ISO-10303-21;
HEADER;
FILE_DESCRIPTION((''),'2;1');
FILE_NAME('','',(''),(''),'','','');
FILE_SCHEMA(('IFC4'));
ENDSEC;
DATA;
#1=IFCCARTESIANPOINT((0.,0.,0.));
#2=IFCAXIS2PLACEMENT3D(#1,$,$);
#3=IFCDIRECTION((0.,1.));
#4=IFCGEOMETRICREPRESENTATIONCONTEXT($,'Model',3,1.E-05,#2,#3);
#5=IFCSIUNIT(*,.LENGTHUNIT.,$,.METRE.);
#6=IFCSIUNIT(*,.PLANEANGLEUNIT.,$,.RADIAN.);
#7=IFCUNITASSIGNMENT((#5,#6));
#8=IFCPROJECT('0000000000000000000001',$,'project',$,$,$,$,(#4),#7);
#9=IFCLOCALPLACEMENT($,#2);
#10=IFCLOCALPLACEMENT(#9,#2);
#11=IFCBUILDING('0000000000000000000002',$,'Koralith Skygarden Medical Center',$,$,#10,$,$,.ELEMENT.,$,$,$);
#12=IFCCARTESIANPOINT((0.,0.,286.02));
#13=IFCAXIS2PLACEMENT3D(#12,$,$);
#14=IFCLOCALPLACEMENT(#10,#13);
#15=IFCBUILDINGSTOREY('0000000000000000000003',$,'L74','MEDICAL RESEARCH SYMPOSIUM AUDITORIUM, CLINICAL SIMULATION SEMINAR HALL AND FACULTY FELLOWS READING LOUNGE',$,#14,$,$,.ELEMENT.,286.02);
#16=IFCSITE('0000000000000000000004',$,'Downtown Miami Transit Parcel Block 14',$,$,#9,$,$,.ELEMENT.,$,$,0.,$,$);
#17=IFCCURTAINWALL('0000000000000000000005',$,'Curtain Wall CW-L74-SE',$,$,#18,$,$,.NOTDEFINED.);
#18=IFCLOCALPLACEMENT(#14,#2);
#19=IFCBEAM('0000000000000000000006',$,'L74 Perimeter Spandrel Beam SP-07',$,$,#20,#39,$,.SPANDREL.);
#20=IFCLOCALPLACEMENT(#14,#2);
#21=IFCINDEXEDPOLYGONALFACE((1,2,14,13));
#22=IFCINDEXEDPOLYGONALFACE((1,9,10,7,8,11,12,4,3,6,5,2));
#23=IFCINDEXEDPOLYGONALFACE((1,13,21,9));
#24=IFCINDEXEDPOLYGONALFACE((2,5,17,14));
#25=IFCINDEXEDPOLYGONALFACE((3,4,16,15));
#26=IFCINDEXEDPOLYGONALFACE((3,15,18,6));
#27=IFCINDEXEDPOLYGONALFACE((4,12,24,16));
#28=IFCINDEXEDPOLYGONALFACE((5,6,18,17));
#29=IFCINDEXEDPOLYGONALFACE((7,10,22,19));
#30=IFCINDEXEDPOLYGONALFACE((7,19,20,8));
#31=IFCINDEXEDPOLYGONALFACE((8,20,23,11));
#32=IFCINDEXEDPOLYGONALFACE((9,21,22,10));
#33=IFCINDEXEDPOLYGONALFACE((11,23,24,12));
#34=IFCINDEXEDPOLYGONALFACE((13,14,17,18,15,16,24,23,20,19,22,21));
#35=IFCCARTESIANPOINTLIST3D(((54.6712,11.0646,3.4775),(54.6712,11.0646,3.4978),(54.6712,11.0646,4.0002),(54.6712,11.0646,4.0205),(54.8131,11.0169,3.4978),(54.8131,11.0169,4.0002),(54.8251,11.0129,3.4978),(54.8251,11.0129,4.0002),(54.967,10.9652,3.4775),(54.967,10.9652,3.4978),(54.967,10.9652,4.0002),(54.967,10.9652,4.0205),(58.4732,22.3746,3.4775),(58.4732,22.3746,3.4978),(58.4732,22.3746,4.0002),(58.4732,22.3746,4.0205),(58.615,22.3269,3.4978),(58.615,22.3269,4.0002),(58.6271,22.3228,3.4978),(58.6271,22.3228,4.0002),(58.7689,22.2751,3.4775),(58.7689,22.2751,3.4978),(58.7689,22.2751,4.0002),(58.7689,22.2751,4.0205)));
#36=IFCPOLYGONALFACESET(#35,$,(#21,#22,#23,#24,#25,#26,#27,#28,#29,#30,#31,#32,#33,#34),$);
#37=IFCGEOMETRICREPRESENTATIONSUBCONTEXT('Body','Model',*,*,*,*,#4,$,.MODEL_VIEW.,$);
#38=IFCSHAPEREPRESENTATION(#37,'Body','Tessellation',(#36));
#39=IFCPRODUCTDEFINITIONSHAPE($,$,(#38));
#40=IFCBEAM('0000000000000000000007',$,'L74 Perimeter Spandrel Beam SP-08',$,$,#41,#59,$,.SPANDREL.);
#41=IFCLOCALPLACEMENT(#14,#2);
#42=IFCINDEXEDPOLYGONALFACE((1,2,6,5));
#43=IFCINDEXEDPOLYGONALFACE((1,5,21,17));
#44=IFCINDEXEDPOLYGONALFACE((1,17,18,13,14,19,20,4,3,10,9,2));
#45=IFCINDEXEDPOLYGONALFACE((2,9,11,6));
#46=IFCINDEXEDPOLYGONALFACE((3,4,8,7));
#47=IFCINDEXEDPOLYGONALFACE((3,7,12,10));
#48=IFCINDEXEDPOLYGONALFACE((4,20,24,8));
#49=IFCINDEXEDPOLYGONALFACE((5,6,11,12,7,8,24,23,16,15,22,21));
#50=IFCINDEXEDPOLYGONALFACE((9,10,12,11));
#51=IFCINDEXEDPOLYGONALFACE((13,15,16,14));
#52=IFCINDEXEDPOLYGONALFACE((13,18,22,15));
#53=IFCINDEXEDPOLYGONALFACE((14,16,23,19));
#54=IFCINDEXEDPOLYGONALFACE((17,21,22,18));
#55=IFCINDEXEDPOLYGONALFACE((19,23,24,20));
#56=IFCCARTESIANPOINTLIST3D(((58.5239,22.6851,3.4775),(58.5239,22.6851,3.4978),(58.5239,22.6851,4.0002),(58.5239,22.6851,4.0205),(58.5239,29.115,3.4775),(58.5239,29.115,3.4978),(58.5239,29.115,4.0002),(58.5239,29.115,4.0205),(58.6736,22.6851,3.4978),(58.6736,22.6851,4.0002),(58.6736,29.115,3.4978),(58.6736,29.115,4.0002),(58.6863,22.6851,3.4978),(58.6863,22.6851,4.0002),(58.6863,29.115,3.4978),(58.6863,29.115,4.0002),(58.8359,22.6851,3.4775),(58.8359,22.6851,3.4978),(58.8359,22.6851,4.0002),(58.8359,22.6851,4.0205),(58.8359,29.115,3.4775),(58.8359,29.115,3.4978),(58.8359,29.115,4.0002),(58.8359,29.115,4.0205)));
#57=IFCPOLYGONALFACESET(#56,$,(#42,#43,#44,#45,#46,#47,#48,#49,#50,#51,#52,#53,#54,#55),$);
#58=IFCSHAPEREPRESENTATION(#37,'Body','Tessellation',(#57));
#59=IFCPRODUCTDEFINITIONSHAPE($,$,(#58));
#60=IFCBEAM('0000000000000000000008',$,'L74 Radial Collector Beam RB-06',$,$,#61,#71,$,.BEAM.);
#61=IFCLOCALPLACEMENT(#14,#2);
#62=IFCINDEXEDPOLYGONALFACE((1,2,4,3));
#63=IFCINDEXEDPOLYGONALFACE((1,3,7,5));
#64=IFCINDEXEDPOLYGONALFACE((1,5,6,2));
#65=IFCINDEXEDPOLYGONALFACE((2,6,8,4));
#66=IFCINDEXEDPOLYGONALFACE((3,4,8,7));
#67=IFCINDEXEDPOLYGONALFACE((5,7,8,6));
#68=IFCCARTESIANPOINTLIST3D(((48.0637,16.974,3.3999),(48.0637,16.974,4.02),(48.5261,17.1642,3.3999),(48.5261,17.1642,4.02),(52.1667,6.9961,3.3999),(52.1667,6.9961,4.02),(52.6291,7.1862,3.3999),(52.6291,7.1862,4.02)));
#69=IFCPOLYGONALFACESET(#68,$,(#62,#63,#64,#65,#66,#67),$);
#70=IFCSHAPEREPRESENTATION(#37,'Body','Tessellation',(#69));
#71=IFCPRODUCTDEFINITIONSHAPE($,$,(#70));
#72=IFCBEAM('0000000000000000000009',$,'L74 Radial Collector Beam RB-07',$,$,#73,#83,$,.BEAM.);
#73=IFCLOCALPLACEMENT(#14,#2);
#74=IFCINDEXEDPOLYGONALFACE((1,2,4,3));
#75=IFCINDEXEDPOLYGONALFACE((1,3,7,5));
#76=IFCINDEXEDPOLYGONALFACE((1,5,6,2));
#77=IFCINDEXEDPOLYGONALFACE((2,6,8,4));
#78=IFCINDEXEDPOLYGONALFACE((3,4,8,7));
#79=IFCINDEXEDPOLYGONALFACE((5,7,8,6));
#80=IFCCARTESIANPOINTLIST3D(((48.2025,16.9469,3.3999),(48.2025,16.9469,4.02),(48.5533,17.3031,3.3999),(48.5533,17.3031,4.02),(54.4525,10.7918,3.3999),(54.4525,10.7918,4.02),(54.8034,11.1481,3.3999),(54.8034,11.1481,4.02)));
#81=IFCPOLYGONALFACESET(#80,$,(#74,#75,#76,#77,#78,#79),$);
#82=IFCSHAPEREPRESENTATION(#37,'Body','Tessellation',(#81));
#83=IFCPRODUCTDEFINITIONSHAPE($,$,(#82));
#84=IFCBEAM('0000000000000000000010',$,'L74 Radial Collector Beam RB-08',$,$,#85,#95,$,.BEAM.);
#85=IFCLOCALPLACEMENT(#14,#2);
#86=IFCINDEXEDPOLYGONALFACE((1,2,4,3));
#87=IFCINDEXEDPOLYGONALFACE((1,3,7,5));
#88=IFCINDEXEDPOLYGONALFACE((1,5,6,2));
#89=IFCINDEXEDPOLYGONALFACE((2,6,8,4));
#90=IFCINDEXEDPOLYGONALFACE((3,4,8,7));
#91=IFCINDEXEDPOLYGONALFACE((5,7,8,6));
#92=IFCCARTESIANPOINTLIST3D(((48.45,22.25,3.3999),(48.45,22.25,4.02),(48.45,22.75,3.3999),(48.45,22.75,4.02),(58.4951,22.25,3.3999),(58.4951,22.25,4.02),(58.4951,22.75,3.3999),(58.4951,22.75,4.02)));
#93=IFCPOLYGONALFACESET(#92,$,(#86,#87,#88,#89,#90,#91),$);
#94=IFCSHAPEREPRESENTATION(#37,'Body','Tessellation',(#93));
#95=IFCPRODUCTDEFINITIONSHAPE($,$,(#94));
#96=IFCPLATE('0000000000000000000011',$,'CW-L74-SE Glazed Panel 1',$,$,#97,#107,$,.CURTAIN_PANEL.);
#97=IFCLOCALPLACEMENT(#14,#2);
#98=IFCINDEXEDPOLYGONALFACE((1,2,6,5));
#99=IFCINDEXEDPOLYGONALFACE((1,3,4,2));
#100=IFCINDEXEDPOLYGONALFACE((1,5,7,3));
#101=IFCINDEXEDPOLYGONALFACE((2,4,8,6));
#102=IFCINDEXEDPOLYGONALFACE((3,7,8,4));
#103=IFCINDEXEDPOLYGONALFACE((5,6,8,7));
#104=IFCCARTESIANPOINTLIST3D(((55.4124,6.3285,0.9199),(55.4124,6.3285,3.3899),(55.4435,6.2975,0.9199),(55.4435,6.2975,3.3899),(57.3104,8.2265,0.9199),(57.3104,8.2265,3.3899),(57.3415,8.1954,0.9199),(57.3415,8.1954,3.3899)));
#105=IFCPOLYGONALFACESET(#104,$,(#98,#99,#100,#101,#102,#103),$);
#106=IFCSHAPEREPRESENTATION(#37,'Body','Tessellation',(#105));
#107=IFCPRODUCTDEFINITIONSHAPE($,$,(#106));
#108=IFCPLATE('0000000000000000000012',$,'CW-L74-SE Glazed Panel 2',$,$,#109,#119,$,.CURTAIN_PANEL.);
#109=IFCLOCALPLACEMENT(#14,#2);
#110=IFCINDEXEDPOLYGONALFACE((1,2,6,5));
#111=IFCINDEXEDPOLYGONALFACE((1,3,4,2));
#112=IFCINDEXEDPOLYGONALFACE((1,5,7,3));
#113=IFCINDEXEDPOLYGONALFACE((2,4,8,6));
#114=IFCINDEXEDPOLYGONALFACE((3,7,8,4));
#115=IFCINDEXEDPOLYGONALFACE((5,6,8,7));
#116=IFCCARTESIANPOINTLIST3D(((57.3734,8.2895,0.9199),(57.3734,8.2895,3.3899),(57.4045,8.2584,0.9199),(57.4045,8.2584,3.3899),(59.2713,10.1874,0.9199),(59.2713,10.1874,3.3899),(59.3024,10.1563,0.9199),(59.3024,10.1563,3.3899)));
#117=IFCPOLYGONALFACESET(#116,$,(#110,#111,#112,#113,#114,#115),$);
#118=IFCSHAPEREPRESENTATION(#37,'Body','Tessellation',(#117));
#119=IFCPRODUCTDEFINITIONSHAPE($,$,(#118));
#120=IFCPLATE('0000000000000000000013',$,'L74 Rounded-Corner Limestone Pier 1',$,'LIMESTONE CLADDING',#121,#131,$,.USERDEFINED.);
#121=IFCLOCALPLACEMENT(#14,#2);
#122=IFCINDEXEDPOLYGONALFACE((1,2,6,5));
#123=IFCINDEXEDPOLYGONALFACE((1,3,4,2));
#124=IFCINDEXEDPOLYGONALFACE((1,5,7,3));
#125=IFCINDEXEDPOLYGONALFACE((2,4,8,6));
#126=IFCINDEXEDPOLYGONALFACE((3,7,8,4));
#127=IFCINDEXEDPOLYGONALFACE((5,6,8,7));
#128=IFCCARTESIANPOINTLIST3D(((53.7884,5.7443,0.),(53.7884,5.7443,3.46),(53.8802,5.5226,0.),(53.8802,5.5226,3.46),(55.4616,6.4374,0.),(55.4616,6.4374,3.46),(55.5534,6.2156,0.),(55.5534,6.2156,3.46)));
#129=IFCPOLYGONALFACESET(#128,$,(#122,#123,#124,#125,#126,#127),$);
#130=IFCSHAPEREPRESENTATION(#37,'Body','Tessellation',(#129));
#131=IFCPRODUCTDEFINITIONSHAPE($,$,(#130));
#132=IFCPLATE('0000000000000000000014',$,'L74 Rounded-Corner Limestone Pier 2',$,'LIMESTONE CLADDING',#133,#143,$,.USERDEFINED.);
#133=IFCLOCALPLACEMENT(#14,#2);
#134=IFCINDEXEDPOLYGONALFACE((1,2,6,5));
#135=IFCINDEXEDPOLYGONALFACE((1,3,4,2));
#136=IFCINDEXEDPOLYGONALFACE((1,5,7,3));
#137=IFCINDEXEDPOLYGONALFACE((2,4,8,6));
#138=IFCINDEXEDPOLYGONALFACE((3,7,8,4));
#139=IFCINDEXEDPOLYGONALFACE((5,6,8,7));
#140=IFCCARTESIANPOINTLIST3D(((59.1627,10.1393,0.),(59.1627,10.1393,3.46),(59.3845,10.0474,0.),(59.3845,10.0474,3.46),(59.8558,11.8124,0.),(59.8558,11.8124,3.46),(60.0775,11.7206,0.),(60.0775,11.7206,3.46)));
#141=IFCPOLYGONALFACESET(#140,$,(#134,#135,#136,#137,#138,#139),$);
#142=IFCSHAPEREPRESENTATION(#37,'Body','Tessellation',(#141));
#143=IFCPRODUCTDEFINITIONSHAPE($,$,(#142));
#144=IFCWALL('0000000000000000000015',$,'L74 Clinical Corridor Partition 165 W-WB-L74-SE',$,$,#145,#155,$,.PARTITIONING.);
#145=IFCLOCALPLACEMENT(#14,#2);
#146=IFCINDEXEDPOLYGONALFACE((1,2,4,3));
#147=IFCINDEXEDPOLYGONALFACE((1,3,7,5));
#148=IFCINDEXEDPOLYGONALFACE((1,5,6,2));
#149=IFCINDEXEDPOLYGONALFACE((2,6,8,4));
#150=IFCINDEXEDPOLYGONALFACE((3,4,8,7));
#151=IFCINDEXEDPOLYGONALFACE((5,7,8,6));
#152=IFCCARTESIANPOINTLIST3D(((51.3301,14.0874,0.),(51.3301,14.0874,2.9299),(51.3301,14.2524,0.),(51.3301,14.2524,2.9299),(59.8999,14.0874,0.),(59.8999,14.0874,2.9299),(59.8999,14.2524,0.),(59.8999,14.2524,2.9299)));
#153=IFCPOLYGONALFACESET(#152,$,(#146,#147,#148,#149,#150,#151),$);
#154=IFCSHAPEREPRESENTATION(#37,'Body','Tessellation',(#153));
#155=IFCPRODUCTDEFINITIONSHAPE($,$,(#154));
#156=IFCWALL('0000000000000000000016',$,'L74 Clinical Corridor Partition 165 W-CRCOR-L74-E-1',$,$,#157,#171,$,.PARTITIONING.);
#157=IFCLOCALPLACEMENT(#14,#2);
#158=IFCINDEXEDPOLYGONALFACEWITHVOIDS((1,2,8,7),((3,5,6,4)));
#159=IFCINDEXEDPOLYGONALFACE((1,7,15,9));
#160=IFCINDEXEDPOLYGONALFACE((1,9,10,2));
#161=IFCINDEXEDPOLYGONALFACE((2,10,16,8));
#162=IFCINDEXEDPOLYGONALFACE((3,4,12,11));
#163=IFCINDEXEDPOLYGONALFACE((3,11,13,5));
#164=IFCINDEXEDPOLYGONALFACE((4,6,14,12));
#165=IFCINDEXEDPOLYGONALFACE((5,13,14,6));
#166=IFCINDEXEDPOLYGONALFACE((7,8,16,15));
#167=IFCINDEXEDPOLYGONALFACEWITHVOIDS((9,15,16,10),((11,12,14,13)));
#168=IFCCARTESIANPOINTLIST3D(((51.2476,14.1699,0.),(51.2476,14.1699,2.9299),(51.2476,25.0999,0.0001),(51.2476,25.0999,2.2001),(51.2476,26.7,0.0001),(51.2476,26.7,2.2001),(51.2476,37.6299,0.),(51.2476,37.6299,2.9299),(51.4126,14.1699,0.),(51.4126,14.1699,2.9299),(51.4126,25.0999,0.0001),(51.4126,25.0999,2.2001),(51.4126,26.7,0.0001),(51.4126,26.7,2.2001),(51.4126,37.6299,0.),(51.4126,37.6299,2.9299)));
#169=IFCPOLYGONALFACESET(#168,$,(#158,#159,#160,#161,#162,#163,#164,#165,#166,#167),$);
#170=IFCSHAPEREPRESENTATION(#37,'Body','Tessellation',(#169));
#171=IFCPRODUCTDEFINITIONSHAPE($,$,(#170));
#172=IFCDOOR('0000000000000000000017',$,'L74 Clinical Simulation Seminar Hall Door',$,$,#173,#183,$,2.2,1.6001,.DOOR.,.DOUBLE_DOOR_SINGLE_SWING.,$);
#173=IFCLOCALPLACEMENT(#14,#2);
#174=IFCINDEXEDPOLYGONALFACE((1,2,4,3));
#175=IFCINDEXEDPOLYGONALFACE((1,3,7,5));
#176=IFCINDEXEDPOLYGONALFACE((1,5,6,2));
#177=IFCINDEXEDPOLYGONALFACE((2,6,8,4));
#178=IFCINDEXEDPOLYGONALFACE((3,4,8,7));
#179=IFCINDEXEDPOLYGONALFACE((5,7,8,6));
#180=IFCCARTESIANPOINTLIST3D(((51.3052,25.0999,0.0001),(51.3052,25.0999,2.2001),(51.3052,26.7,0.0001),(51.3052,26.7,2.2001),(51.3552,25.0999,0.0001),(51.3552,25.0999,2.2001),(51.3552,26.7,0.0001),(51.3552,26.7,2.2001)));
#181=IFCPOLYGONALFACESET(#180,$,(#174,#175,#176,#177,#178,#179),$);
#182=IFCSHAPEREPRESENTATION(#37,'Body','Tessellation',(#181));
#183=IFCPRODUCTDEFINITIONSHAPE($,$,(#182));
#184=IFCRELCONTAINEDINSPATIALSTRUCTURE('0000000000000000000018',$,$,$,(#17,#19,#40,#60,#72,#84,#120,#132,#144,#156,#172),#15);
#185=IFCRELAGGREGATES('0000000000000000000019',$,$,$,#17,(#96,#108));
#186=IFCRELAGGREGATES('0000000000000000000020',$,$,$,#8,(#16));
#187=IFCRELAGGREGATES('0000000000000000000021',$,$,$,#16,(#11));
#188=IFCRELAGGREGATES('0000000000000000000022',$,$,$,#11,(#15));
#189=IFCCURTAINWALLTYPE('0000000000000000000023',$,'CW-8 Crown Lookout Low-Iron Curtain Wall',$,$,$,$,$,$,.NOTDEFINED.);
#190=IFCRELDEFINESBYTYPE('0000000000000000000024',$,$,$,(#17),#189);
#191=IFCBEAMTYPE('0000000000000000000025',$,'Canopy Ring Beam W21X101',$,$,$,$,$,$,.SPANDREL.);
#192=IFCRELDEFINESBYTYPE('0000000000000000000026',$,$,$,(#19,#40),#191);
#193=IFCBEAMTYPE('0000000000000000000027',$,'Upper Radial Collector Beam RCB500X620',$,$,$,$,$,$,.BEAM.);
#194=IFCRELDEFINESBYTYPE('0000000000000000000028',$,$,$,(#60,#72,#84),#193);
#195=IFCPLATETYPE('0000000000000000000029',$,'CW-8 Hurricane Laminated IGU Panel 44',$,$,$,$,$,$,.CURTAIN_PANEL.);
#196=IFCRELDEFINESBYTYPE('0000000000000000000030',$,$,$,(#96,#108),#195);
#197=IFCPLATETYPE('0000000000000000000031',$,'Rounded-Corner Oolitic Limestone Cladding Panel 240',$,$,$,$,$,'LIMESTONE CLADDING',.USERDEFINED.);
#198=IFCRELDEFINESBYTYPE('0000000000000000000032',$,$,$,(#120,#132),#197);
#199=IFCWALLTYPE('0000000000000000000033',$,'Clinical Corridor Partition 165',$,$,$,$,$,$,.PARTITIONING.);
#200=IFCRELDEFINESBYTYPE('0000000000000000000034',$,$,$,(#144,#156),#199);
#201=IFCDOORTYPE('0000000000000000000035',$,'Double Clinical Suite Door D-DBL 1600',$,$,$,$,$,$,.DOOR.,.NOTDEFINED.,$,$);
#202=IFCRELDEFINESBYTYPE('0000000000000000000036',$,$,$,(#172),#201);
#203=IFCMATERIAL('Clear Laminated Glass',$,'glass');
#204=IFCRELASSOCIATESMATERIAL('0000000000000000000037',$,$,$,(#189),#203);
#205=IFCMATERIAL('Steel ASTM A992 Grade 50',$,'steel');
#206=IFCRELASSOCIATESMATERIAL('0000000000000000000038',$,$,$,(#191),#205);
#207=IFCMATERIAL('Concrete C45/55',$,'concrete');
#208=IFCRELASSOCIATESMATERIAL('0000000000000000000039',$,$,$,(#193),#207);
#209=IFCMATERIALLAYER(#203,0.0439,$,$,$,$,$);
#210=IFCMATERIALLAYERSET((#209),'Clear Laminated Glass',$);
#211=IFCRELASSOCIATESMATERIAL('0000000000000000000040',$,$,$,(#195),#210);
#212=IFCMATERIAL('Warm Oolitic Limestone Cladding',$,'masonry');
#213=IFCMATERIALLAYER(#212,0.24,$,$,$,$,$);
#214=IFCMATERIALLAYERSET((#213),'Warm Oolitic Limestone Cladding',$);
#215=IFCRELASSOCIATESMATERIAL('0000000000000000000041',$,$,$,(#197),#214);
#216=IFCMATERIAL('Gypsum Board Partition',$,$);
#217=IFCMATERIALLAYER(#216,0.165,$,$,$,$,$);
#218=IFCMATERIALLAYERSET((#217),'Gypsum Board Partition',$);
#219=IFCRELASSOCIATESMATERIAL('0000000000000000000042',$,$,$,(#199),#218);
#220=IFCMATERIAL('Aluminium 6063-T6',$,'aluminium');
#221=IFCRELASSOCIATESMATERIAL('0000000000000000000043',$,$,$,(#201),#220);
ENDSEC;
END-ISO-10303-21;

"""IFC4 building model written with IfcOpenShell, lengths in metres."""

from ifc_helpers import new_model, si_unit, direction, frame, frame_2d, origin, origin_2d, place, context, subcontext, project, spatial, rectangle, i_section, extrude, material, layer, layer_set, material_profile, profile_set, type_object, element, fill, aggregate, save


model = new_model("IFC4")

# Units and contexts
model_context = context("Model", 3, precision=1e-05, world=origin(), true_north=direction((0.0, 1.0)))
body_context = subcontext(model_context, "Body", "Model", "MODEL_VIEW")
ifc_project = project(units=[si_unit("LENGTHUNIT", "METRE"), si_unit("PLANEANGLEUNIT", "RADIAN")], contexts=[model_context])

# Site, building, storey
site_placement = place(None, origin())
site = spatial("IfcSite", under=ifc_project, at=site_placement, Name="Downtown Miami Transit Parcel Block 14", CompositionType="ELEMENT", RefElevation=0.0)
building_placement = place(site_placement, origin())
building = spatial("IfcBuilding", under=site, at=building_placement, Name="Koralith Skygarden Medical Center", CompositionType="ELEMENT")
storey_placement = place(building_placement, frame((0.0, 0.0, 286.02)))
storey = spatial("IfcBuildingStorey", under=building, at=storey_placement, Name="L74", Description="MEDICAL RESEARCH SYMPOSIUM AUDITORIUM, CLINICAL SIMULATION SEMINAR HALL AND FACULTY FELLOWS READING LOUNGE", CompositionType="ELEMENT", Elevation=286.02)

# Shared definitions
ifc_material_1 = material(Name="Steel ASTM A992 Grade 50", Category="steel")

# Curtain wall
ifc_material_2 = material(Name="Clear Laminated Glass", Category="glass")
curtain_wall_type = type_object("IfcCurtainWallType", Name="CW-8 Crown Lookout Low-Iron Curtain Wall", PredefinedType="NOTDEFINED", material=ifc_material_2)
curtain_wall_placement = place(storey_placement, origin())
curtain_wall = element("IfcCurtainWall", 1, at=curtain_wall_placement, inside=storey, type_object=curtain_wall_type, Name="Curtain Wall CW-L74-SE", PredefinedType="NOTDEFINED")
ifc_material_3 = material(Name="Aluminium 6063-T6", Category="aluminium")

# Beams
ifc_material_profile_1 = material_profile(ifc_material_1, i_section(OverallWidth=0.312, OverallDepth=0.543, WebThickness=0.0127, FlangeThickness=0.0203, at=origin_2d()), Name="W21X101")
ifc_profile_set_1 = profile_set([ifc_material_profile_1], Name="Steel ASTM A992 Grade 50")
beam_type_1 = type_object("IfcBeamType", Name="Canopy Ring Beam W21X101", PredefinedType="SPANDREL", material=ifc_profile_set_1)
beam_1_placement = place(storey_placement, frame((54.8191, 11.0149, 3.749), z_axis=(0.318639, 0.947876, 0.0), x_axis=(-0.947876, 0.318639, 0.0)))
element("IfcBeam", 2, at=beam_1_placement, inside=storey, type_object=beam_type_1, Name="L74 Perimeter Spandrel Beam SP-07", PredefinedType="SPANDREL", context=body_context, shape_type="SweptSolid", body=[
    extrude(i_section(OverallWidth=0.312, OverallDepth=0.543, WebThickness=0.0127, FlangeThickness=0.0203, at=origin_2d()), origin(), (0.0, 0.0, 1.0), 11.9319),
])
beam_2_placement = place(storey_placement, frame((58.6799, 22.6851, 3.749), z_axis=(0.0, 1.0, 0.0), x_axis=(-1.0, 0.0, 0.0)))
element("IfcBeam", 3, at=beam_2_placement, inside=storey, type_object=beam_type_1, Name="L74 Perimeter Spandrel Beam SP-08", PredefinedType="SPANDREL", context=body_context, shape_type="SweptSolid", body=[
    extrude(i_section(OverallWidth=0.312, OverallDepth=0.543, WebThickness=0.0127, FlangeThickness=0.0203, at=origin_2d()), origin(), (0.0, 0.0, 1.0), 6.4299),
])
ifc_material_4 = material(Name="Concrete C45/55", Category="concrete")
ifc_material_profile_2 = material_profile(ifc_material_4, rectangle(XDim=0.5, YDim=0.6201, at=origin_2d()), Name="RCB500X620")
ifc_profile_set_2 = profile_set([ifc_material_profile_2], Name="Concrete C45/55")
beam_type_2 = type_object("IfcBeamType", Name="Upper Radial Collector Beam RCB500X620", PredefinedType="BEAM", material=ifc_profile_set_2)
beam_3_placement = place(storey_placement, frame((48.2949, 17.0691, 3.71), z_axis=(0.380308, -0.92486, 0.0), x_axis=(0.92486, 0.380308, 0.0)))
element("IfcBeam", 4, at=beam_3_placement, inside=storey, type_object=beam_type_2, Name="L74 Radial Collector Beam RB-06", PredefinedType="BEAM", context=body_context, shape_type="SweptSolid", body=[
    extrude(rectangle(XDim=0.5, YDim=0.6201, at=origin_2d()), origin(), (0.0, 0.0, 1.0), 10.7886),
])
beam_4_placement = place(storey_placement, frame((48.3779, 17.125, 3.71), z_axis=(0.712499, -0.701673, 0.0), x_axis=(0.701673, 0.712499, 0.0)))
element("IfcBeam", 5, at=beam_4_placement, inside=storey, type_object=beam_type_2, Name="L74 Radial Collector Beam RB-07", PredefinedType="BEAM", context=body_context, shape_type="SweptSolid", body=[
    extrude(rectangle(XDim=0.5, YDim=0.6201, at=origin_2d()), origin(), (0.0, 0.0, 1.0), 8.772),
])
beam_5_placement = place(storey_placement, frame((48.45, 22.5, 3.71), z_axis=(1.0, 0.0, 0.0), x_axis=(0.0, 1.0, 0.0)))
element("IfcBeam", 6, at=beam_5_placement, inside=storey, type_object=beam_type_2, Name="L74 Radial Collector Beam RB-08", PredefinedType="BEAM", context=body_context, shape_type="SweptSolid", body=[
    extrude(rectangle(XDim=0.5, YDim=0.6201, at=origin_2d()), origin(), (0.0, 0.0, 1.0), 10.0452),
])

# Plates
ifc_layer_1 = layer(ifc_material_2, 0.0439)
ifc_layer_set_1 = layer_set([ifc_layer_1], Name="Clear Laminated Glass")
plate_type_1 = type_object("IfcPlateType", Name="CW-8 Hurricane Laminated IGU Panel 44", PredefinedType="CURTAIN_PANEL", material=ifc_layer_set_1)
plate_1_placement = place(storey_placement, frame((56.377, 7.262, 0.9199), z_axis=(0.0, 0.0, 1.0), x_axis=(0.707107, 0.707107, 0.0)))
plate_1 = element("IfcPlate", 7, at=plate_1_placement, type_object=plate_type_1, Name="CW-L74-SE Glazed Panel 1", PredefinedType="CURTAIN_PANEL", context=body_context, shape_type="SweptSolid", body=[
    extrude(rectangle(XDim=2.6841, YDim=0.0439, at=origin_2d()), origin(), (0.0, 0.0, 1.0), 2.47),
])
plate_2_placement = place(storey_placement, frame((58.3379, 9.2229, 0.9199), z_axis=(0.0, 0.0, 1.0), x_axis=(0.707107, 0.707107, 0.0)))
plate_2 = element("IfcPlate", 8, at=plate_2_placement, type_object=plate_type_1, Name="CW-L74-SE Glazed Panel 2", PredefinedType="CURTAIN_PANEL", context=body_context, shape_type="SweptSolid", body=[
    extrude(rectangle(XDim=2.6841, YDim=0.0439, at=origin_2d()), origin(), (0.0, 0.0, 1.0), 2.47),
])
aggregate(curtain_wall, [plate_1, plate_2])

# Plates
ifc_material_5 = material(Name="Warm Oolitic Limestone Cladding", Category="masonry")
ifc_layer_2 = layer(ifc_material_5, 0.24)
ifc_layer_set_2 = layer_set([ifc_layer_2], Name="Warm Oolitic Limestone Cladding")
plate_type_2 = type_object("IfcPlateType", Name="Rounded-Corner Oolitic Limestone Cladding Panel 240", ElementType="LIMESTONE CLADDING", PredefinedType="USERDEFINED", material=ifc_layer_set_2)
for number, where, z_axis, x_axis, name in (
    (9, (54.6709, 5.98, 0.0), (0.0, 0.0, 1.0), (0.923885, 0.382671, 0.0), "L74 Rounded-Corner Limestone Pier 1"),
    (10, (59.6201, 10.9299, 0.0), (0.0, 0.0, 1.0), (0.382671, 0.923885, 0.0), "L74 Rounded-Corner Limestone Pier 2"),
):
    element("IfcPlate", number, at=place(storey_placement, frame(where, z_axis=z_axis, x_axis=x_axis)), inside=storey, type_object=plate_type_2, Name=name, ObjectType="LIMESTONE CLADDING", PredefinedType="USERDEFINED", context=body_context, shape_type="SweptSolid", body=[
        extrude(rectangle(XDim=1.811, YDim=0.24, at=origin_2d()), origin(), (0.0, 0.0, 1.0), 3.46),
    ])

# Wall
ifc_material_6 = material(Name="Gypsum Board Partition")
ifc_layer_3 = layer(ifc_material_6, 0.165)
ifc_layer_set_3 = layer_set([ifc_layer_3], Name="Gypsum Board Partition")
wall_type_1 = type_object("IfcWallType", Name="Clinical Corridor Partition 165", PredefinedType="PARTITIONING", material=ifc_layer_set_3)
wall_1_placement = place(storey_placement, frame((51.3301, 14.1699, 0.0), z_axis=(0.0, 0.0, 1.0), x_axis=(1.0, 0.0, 0.0)))
element("IfcWall", 11, at=wall_1_placement, inside=storey, type_object=wall_type_1, Name="L74 Clinical Corridor Partition 165 W-WB-L74-SE", PredefinedType="PARTITIONING", context=body_context, shape_type="SweptSolid", body=[
    extrude(rectangle(XDim=8.5698, YDim=0.165, at=frame_2d((4.2849, 0.0))), origin(), (0.0, 0.0, 1.0), 2.9299),
])

# Wall, opening, door
wall_2_placement = place(storey_placement, frame((51.3301, 14.1699, 0.0), z_axis=(0.0, 0.0, 1.0), x_axis=(0.0, 1.0, 0.0)))
wall_2 = element("IfcWall", 12, at=wall_2_placement, inside=storey, type_object=wall_type_1, Name="L74 Clinical Corridor Partition 165 W-CRCOR-L74-E-1", PredefinedType="PARTITIONING", context=body_context, shape_type="SweptSolid", body=[
    extrude(rectangle(XDim=23.46, YDim=0.165, at=frame_2d((11.73, 0.0))), origin(), (0.0, 0.0, 1.0), 2.9299),
])
opening_1_placement = place(wall_2_placement, frame((10.9299, 0.0, 0.0)))
opening_1 = element("IfcOpeningElement", 13, at=opening_1_placement, cuts=wall_2, PredefinedType="OPENING", context=body_context, shape_type="SweptSolid", body=[
    extrude(rectangle(XDim=1.6001, YDim=2.2, at=frame_2d((0.8, 1.1001))), frame((0.0, 0.0925, 0.0), z_axis=(0.0, -1.0, 0.0), x_axis=(1.0, 0.0, 0.0)), (0.0, 0.0, 1.0), 0.1851),
])
door_type_1 = type_object("IfcDoorType", Name="Double Clinical Suite Door D-DBL 1600", OperationType="NOTDEFINED", PredefinedType="DOOR", material=ifc_material_3)
door_1_placement = place(opening_1_placement, origin())
door_1 = element("IfcDoor", 14, at=door_1_placement, inside=storey, type_object=door_type_1, Name="L74 Clinical Simulation Seminar Hall Door", OperationType="DOUBLE_DOOR_SINGLE_SWING", OverallHeight=2.2, OverallWidth=1.6001, PredefinedType="DOOR", context=body_context, shape_type="SweptSolid", body=[
    extrude(rectangle(XDim=1.6001, YDim=2.2, at=frame_2d((0.8, 1.1001))), frame((0.0, 0.0249, 0.0), z_axis=(0.0, -1.0, 0.0), x_axis=(1.0, 0.0, 0.0)), (0.0, 0.0, 1.0), 0.05),
])
fill(opening_1, door_1)

save(model, "model.ifc")
